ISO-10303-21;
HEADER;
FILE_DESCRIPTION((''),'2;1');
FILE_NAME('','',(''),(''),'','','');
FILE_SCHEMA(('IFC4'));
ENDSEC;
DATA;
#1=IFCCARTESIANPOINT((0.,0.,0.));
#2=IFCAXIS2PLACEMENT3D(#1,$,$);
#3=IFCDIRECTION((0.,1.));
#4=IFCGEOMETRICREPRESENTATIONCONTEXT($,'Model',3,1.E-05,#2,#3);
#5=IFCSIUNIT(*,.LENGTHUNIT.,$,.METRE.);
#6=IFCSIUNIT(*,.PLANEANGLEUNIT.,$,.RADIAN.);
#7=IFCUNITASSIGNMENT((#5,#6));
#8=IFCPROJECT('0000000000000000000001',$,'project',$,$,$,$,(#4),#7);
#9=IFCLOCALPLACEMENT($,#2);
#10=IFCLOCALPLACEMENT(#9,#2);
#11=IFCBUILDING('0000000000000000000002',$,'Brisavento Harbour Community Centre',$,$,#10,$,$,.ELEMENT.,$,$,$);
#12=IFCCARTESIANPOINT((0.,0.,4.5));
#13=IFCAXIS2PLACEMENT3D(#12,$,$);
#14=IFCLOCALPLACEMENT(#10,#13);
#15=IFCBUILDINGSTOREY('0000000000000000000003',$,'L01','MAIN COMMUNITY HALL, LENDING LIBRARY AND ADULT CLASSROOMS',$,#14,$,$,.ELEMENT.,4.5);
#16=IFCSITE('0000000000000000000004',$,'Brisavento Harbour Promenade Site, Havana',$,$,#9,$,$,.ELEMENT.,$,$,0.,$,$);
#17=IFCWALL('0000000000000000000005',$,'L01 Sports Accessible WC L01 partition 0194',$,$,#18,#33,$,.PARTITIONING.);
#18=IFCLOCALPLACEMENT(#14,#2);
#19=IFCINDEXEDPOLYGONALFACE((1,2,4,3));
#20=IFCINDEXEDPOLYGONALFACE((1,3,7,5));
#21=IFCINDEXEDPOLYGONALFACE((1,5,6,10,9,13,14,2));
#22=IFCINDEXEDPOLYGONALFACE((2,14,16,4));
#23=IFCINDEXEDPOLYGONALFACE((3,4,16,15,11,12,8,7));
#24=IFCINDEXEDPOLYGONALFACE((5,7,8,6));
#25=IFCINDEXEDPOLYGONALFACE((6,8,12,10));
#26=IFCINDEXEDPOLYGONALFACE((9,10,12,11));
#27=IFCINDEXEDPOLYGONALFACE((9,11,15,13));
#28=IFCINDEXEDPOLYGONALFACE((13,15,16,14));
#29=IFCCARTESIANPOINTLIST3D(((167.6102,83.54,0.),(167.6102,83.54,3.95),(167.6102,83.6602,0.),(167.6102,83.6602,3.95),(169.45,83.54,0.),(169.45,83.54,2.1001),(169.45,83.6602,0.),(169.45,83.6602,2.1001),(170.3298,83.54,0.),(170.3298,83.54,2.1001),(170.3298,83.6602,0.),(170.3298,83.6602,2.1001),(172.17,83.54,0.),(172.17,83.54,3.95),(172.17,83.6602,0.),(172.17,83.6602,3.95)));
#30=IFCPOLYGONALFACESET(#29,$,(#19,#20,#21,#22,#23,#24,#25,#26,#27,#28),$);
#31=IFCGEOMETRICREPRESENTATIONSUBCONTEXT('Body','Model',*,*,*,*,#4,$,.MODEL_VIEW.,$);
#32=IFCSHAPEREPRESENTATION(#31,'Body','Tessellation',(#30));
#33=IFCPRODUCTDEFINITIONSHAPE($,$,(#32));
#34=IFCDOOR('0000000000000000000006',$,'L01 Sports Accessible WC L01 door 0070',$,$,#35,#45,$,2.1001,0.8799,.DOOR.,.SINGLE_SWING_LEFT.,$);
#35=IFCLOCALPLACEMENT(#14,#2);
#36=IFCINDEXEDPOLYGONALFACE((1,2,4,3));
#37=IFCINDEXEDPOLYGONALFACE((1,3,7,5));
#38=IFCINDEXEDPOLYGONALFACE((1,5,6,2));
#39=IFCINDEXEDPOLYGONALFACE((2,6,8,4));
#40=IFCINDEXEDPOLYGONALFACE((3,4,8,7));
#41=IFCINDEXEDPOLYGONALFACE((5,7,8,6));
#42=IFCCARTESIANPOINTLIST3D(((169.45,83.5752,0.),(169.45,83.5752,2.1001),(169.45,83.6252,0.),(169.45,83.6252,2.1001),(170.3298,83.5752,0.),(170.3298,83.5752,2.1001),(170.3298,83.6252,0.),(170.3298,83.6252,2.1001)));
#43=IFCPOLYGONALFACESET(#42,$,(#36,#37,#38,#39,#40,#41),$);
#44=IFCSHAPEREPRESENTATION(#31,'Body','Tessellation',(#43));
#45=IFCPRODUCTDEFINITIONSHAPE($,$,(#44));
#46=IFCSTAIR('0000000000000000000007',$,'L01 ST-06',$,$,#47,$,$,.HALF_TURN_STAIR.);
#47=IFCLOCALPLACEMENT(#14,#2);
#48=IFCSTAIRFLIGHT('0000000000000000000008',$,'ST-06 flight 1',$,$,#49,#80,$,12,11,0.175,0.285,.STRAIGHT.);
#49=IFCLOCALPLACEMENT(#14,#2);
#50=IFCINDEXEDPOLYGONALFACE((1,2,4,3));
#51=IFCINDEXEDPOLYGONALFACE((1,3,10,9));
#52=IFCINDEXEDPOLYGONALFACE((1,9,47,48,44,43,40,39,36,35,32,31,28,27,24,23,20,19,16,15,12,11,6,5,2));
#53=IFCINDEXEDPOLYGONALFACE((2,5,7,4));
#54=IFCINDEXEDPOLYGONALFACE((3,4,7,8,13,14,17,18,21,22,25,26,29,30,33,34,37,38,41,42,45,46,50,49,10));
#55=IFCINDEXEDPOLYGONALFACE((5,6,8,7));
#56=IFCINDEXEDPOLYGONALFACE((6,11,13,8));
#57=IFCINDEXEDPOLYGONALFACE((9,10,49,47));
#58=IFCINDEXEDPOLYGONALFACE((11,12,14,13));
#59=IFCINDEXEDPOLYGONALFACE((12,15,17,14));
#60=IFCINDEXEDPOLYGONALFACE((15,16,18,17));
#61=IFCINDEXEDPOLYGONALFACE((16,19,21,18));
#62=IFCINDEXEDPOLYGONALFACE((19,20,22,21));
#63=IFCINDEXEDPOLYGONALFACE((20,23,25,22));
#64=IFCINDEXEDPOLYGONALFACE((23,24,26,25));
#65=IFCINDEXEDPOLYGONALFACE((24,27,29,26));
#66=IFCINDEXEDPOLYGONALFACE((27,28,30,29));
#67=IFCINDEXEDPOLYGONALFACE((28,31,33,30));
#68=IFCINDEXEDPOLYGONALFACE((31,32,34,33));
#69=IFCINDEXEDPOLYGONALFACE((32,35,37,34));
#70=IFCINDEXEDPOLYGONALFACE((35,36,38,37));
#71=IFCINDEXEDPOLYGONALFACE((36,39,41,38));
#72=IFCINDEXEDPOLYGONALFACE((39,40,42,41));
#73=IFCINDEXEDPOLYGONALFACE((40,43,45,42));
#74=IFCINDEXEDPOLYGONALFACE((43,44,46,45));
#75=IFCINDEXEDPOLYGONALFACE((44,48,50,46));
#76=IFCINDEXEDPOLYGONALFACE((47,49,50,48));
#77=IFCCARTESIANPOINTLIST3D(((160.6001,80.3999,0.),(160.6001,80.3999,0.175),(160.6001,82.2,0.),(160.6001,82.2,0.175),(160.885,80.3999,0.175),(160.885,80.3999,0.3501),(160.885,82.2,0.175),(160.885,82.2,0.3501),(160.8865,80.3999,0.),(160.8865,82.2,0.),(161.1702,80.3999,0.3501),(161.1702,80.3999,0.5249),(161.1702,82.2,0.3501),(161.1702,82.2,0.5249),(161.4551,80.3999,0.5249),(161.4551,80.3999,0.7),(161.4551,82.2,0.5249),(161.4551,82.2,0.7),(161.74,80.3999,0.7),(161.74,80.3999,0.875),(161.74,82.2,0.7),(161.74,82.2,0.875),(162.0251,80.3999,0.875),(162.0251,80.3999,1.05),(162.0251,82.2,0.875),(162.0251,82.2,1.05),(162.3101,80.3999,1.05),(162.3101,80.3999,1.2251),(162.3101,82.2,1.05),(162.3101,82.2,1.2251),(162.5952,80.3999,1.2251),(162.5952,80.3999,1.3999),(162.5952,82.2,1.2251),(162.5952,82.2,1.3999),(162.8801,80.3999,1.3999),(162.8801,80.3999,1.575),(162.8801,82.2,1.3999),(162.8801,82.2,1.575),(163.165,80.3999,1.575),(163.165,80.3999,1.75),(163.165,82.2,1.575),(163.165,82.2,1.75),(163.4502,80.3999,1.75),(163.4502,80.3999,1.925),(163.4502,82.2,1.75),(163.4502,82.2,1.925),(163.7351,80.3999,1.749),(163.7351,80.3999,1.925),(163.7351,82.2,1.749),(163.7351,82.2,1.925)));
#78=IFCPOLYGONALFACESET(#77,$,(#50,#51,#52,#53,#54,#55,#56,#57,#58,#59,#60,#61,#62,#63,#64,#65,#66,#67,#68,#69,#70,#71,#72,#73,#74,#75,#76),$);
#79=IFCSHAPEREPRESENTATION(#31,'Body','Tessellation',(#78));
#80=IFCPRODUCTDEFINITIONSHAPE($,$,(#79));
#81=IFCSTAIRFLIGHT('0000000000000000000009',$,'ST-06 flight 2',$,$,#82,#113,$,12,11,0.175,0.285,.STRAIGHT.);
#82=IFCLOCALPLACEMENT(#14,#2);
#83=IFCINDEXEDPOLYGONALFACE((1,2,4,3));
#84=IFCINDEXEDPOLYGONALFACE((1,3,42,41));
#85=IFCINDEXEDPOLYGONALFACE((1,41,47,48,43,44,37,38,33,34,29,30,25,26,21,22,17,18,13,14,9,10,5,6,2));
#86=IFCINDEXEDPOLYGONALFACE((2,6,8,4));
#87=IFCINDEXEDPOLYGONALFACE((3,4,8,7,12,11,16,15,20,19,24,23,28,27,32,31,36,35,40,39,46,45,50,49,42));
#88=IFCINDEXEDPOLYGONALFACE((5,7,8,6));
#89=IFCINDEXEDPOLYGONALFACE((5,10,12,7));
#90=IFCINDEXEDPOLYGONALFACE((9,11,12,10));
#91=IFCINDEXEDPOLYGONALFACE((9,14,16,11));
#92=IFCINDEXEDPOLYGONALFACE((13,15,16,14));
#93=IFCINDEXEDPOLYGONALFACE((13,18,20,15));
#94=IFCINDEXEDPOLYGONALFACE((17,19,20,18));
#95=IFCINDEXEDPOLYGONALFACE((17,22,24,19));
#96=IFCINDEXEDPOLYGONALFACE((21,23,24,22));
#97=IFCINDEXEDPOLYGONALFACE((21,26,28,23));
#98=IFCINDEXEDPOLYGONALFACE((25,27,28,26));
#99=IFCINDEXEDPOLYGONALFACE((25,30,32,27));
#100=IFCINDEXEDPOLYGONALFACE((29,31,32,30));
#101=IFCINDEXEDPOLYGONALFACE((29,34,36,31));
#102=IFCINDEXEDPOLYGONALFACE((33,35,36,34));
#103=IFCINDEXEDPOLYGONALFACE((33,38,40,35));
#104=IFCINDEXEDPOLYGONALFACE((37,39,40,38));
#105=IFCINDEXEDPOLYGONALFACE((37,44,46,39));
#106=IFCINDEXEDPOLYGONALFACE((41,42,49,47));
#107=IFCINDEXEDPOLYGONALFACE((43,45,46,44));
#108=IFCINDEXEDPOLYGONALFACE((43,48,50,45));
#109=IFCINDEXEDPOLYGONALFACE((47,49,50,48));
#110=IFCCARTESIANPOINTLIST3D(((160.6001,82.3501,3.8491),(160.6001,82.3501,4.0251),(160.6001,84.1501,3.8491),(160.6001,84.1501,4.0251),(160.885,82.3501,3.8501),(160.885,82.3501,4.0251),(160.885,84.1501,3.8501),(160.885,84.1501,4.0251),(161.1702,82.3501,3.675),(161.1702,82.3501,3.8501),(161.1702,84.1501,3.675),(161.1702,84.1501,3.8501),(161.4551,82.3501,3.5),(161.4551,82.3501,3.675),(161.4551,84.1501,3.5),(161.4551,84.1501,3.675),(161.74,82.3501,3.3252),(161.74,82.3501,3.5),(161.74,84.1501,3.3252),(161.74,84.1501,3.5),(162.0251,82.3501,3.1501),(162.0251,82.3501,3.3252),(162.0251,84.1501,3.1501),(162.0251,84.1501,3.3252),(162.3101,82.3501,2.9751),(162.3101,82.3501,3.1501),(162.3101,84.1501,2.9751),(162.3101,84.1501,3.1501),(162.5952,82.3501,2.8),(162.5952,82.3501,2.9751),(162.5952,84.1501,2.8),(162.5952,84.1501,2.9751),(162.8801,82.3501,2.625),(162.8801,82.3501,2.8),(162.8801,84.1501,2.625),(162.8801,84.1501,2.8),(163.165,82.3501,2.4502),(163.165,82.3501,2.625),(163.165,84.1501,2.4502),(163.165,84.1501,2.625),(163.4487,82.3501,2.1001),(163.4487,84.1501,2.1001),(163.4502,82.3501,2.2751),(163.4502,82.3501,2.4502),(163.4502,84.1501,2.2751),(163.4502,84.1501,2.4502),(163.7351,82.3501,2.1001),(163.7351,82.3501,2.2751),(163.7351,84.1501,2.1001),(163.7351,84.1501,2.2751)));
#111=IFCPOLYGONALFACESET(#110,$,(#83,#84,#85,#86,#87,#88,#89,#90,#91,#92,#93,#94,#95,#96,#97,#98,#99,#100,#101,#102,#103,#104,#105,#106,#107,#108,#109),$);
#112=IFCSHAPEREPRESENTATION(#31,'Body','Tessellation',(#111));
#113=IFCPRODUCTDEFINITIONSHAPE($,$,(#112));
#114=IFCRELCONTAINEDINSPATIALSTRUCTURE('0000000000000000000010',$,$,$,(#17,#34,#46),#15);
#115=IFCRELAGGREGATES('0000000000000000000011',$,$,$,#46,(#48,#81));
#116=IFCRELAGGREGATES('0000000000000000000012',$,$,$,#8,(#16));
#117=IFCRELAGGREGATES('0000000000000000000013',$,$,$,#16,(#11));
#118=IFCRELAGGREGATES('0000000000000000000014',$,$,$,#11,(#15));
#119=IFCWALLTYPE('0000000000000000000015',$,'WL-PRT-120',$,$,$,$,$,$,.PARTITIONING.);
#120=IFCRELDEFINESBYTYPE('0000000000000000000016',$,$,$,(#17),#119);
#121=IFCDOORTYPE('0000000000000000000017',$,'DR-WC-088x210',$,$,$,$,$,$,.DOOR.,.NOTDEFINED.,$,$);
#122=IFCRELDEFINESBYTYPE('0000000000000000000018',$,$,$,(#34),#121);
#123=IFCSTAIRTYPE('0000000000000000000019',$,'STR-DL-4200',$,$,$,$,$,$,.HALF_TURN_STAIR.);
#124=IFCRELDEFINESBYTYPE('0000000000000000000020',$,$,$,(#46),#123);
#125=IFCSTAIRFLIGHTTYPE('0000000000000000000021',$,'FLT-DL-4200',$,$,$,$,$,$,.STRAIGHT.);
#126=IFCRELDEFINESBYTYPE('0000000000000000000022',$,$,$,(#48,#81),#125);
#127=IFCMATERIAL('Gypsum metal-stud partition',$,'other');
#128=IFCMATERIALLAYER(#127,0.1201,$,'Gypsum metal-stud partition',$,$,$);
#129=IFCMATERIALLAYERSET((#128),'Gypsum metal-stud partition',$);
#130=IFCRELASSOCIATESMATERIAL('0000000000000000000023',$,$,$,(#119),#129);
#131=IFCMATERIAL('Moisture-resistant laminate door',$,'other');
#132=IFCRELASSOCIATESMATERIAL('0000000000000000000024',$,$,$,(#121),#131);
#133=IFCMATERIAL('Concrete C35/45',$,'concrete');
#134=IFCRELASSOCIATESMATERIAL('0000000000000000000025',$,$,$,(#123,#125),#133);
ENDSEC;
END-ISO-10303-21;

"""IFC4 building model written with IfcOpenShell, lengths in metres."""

from ifc_helpers import new_model, si_unit, direction, frame, frame_2d, origin, place, context, subcontext, project, spatial, polyline, rectangle, outline, extrude, material, layer, layer_set, type_object, element, fill, aggregate, save


model = new_model("IFC4")

# Units and contexts
model_context = context("Model", 3, precision=1e-05, world=origin(), true_north=direction((0.0, 1.0)))
body_context = subcontext(model_context, "Body", "Model", "MODEL_VIEW")
ifc_project = project(units=[si_unit("LENGTHUNIT", "METRE"), si_unit("PLANEANGLEUNIT", "RADIAN")], contexts=[model_context])

# Site, building, storey
site_placement = place(None, origin())
site = spatial("IfcSite", under=ifc_project, at=site_placement, Name="Brisavento Harbour Promenade Site, Havana", CompositionType="ELEMENT", RefElevation=0.0)
building_placement = place(site_placement, origin())
building = spatial("IfcBuilding", under=site, at=building_placement, Name="Brisavento Harbour Community Centre", CompositionType="ELEMENT")
storey_placement = place(building_placement, frame((0.0, 0.0, 4.5)))
storey = spatial("IfcBuildingStorey", under=building, at=storey_placement, Name="L01", Description="MAIN COMMUNITY HALL, LENDING LIBRARY AND ADULT CLASSROOMS", CompositionType="ELEMENT", Elevation=4.5)

# Shared definitions
ifc_material_1 = material(Name="Concrete C35/45", Category="concrete")

# Wall, opening, door
ifc_material_2 = material(Name="Gypsum metal-stud partition", Category="other")
ifc_layer_1 = layer(ifc_material_2, 0.1201, Name="Gypsum metal-stud partition")
ifc_layer_set_1 = layer_set([ifc_layer_1], Name="Gypsum metal-stud partition")
wall_type_1 = type_object("IfcWallType", Name="WL-PRT-120", PredefinedType="PARTITIONING", material=ifc_layer_set_1)
wall_1_placement = place(storey_placement, frame((172.1699, 83.6001, 0.0), z_axis=(0.0, 0.0, 1.0), x_axis=(-1.0, 0.0, 0.0)))
wall_1 = element("IfcWall", 1, at=wall_1_placement, inside=storey, type_object=wall_type_1, Name="L01 Sports Accessible WC L01 partition 0194", PredefinedType="PARTITIONING", context=body_context, shape_type="SweptSolid", body=[
    extrude(rectangle(XDim=4.5598, YDim=0.1201, at=frame_2d((2.2798, 0.0))), origin(), (0.0, 0.0, 1.0), 3.95),
])
opening_1_placement = place(wall_1_placement, frame((1.8401, 0.0, 0.0)))
opening_1 = element("IfcOpeningElement", 2, at=opening_1_placement, cuts=wall_1, PredefinedType="OPENING", context=body_context, shape_type="SweptSolid", body=[
    extrude(rectangle(XDim=0.8799, YDim=2.1001, at=frame_2d((0.4399, 1.05))), frame((0.0, 0.0701, 0.0), z_axis=(0.0, -1.0, 0.0), x_axis=(1.0, 0.0, 0.0)), (0.0, 0.0, 1.0), 0.1401),
])
ifc_material_3 = material(Name="Moisture-resistant laminate door", Category="other")
door_type = type_object("IfcDoorType", Name="DR-WC-088x210", OperationType="NOTDEFINED", PredefinedType="DOOR", material=ifc_material_3)
door_placement = place(opening_1_placement, origin())
door = element("IfcDoor", 3, at=door_placement, inside=storey, type_object=door_type, Name="L01 Sports Accessible WC L01 door 0070", OperationType="SINGLE_SWING_LEFT", OverallHeight=2.1001, OverallWidth=0.8799, PredefinedType="DOOR", context=body_context, shape_type="SweptSolid", body=[
    extrude(rectangle(XDim=0.8799, YDim=2.1001, at=frame_2d((0.4399, 1.05))), frame((0.0, 0.0249, 0.0), z_axis=(0.0, -1.0, 0.0), x_axis=(1.0, 0.0, 0.0)), (0.0, 0.0, 1.0), 0.05),
])
fill(opening_1, door)

# Stair, stair flights
stair_type = type_object("IfcStairType", Name="STR-DL-4200", PredefinedType="HALF_TURN_STAIR", material=ifc_material_1)
stair_placement = place(storey_placement, origin())
stair = element("IfcStair", 4, at=stair_placement, inside=storey, type_object=stair_type, Name="L01 ST-06", PredefinedType="HALF_TURN_STAIR")
stair_flight_type = type_object("IfcStairFlightType", Name="FLT-DL-4200", PredefinedType="STRAIGHT", material=ifc_material_1)
stair_flight_1_placement = place(storey_placement, frame((160.6001, 81.3, 0.0), z_axis=(0.0, 0.0, 1.0), x_axis=(1.0, 0.0, 0.0)))
stair_flight_1 = element("IfcStairFlight", 5, at=stair_flight_1_placement, type_object=stair_flight_type, Name="ST-06 flight 1", NumberOfRisers=12, NumberOfTreads=11, PredefinedType="STRAIGHT", RiserHeight=0.175, TreadLength=0.285, context=body_context, shape_type="SweptSolid", body=[
    extrude(outline(polyline([(0.0, 0.0), (0.0, 0.175), (0.2849, 0.175), (0.2849, 0.3501), (0.5701, 0.3501), (0.5701, 0.5249), (0.855, 0.5249), (0.855, 0.7), (1.1399, 0.7), (1.1399, 0.875), (1.425, 0.875), (1.425, 1.05), (1.71, 1.05), (1.71, 1.2251), (1.9951, 1.2251), (1.9951, 1.3999), (2.28, 1.3999), (2.28, 1.575), (2.5649, 1.575), (2.5649, 1.75), (2.8501, 1.75), (2.8501, 1.925), (3.135, 1.925), (3.135, 2.1001), (3.135, 1.749), (0.2864, 0.0), (0.0, 0.0)])), frame((0.0, 0.8999, 0.0), z_axis=(0.0, -1.0, 0.0), x_axis=(1.0, 0.0, 0.0)), (0.0, 0.0, 1.0), 1.8),
])
stair_flight_2_placement = place(storey_placement, frame((163.7351, 83.25, 2.1001), z_axis=(0.0, 0.0, 1.0), x_axis=(-1.0, 0.0, 0.0)))
stair_flight_2 = element("IfcStairFlight", 6, at=stair_flight_2_placement, type_object=stair_flight_type, Name="ST-06 flight 2", NumberOfRisers=12, NumberOfTreads=11, PredefinedType="STRAIGHT", RiserHeight=0.175, TreadLength=0.285, context=body_context, shape_type="SweptSolid", body=[
    extrude(outline(polyline([(0.0, 0.0), (0.0, 0.175), (0.2849, 0.175), (0.2849, 0.3501), (0.5701, 0.3501), (0.5701, 0.5249), (0.855, 0.5249), (0.855, 0.7), (1.1399, 0.7), (1.1399, 0.875), (1.425, 0.875), (1.425, 1.05), (1.71, 1.05), (1.71, 1.2251), (1.9951, 1.2251), (1.9951, 1.3999), (2.28, 1.3999), (2.28, 1.575), (2.5649, 1.575), (2.5649, 1.75), (2.8501, 1.75), (2.8501, 1.925), (3.135, 1.925), (3.135, 2.1001), (3.135, 1.749), (0.2864, 0.0), (0.0, 0.0)])), frame((0.0, 0.8999, 0.0), z_axis=(0.0, -1.0, 0.0), x_axis=(1.0, 0.0, 0.0)), (0.0, 0.0, 1.0), 1.8),
])
aggregate(stair, [stair_flight_1, stair_flight_2])

save(model, "model.ifc")
